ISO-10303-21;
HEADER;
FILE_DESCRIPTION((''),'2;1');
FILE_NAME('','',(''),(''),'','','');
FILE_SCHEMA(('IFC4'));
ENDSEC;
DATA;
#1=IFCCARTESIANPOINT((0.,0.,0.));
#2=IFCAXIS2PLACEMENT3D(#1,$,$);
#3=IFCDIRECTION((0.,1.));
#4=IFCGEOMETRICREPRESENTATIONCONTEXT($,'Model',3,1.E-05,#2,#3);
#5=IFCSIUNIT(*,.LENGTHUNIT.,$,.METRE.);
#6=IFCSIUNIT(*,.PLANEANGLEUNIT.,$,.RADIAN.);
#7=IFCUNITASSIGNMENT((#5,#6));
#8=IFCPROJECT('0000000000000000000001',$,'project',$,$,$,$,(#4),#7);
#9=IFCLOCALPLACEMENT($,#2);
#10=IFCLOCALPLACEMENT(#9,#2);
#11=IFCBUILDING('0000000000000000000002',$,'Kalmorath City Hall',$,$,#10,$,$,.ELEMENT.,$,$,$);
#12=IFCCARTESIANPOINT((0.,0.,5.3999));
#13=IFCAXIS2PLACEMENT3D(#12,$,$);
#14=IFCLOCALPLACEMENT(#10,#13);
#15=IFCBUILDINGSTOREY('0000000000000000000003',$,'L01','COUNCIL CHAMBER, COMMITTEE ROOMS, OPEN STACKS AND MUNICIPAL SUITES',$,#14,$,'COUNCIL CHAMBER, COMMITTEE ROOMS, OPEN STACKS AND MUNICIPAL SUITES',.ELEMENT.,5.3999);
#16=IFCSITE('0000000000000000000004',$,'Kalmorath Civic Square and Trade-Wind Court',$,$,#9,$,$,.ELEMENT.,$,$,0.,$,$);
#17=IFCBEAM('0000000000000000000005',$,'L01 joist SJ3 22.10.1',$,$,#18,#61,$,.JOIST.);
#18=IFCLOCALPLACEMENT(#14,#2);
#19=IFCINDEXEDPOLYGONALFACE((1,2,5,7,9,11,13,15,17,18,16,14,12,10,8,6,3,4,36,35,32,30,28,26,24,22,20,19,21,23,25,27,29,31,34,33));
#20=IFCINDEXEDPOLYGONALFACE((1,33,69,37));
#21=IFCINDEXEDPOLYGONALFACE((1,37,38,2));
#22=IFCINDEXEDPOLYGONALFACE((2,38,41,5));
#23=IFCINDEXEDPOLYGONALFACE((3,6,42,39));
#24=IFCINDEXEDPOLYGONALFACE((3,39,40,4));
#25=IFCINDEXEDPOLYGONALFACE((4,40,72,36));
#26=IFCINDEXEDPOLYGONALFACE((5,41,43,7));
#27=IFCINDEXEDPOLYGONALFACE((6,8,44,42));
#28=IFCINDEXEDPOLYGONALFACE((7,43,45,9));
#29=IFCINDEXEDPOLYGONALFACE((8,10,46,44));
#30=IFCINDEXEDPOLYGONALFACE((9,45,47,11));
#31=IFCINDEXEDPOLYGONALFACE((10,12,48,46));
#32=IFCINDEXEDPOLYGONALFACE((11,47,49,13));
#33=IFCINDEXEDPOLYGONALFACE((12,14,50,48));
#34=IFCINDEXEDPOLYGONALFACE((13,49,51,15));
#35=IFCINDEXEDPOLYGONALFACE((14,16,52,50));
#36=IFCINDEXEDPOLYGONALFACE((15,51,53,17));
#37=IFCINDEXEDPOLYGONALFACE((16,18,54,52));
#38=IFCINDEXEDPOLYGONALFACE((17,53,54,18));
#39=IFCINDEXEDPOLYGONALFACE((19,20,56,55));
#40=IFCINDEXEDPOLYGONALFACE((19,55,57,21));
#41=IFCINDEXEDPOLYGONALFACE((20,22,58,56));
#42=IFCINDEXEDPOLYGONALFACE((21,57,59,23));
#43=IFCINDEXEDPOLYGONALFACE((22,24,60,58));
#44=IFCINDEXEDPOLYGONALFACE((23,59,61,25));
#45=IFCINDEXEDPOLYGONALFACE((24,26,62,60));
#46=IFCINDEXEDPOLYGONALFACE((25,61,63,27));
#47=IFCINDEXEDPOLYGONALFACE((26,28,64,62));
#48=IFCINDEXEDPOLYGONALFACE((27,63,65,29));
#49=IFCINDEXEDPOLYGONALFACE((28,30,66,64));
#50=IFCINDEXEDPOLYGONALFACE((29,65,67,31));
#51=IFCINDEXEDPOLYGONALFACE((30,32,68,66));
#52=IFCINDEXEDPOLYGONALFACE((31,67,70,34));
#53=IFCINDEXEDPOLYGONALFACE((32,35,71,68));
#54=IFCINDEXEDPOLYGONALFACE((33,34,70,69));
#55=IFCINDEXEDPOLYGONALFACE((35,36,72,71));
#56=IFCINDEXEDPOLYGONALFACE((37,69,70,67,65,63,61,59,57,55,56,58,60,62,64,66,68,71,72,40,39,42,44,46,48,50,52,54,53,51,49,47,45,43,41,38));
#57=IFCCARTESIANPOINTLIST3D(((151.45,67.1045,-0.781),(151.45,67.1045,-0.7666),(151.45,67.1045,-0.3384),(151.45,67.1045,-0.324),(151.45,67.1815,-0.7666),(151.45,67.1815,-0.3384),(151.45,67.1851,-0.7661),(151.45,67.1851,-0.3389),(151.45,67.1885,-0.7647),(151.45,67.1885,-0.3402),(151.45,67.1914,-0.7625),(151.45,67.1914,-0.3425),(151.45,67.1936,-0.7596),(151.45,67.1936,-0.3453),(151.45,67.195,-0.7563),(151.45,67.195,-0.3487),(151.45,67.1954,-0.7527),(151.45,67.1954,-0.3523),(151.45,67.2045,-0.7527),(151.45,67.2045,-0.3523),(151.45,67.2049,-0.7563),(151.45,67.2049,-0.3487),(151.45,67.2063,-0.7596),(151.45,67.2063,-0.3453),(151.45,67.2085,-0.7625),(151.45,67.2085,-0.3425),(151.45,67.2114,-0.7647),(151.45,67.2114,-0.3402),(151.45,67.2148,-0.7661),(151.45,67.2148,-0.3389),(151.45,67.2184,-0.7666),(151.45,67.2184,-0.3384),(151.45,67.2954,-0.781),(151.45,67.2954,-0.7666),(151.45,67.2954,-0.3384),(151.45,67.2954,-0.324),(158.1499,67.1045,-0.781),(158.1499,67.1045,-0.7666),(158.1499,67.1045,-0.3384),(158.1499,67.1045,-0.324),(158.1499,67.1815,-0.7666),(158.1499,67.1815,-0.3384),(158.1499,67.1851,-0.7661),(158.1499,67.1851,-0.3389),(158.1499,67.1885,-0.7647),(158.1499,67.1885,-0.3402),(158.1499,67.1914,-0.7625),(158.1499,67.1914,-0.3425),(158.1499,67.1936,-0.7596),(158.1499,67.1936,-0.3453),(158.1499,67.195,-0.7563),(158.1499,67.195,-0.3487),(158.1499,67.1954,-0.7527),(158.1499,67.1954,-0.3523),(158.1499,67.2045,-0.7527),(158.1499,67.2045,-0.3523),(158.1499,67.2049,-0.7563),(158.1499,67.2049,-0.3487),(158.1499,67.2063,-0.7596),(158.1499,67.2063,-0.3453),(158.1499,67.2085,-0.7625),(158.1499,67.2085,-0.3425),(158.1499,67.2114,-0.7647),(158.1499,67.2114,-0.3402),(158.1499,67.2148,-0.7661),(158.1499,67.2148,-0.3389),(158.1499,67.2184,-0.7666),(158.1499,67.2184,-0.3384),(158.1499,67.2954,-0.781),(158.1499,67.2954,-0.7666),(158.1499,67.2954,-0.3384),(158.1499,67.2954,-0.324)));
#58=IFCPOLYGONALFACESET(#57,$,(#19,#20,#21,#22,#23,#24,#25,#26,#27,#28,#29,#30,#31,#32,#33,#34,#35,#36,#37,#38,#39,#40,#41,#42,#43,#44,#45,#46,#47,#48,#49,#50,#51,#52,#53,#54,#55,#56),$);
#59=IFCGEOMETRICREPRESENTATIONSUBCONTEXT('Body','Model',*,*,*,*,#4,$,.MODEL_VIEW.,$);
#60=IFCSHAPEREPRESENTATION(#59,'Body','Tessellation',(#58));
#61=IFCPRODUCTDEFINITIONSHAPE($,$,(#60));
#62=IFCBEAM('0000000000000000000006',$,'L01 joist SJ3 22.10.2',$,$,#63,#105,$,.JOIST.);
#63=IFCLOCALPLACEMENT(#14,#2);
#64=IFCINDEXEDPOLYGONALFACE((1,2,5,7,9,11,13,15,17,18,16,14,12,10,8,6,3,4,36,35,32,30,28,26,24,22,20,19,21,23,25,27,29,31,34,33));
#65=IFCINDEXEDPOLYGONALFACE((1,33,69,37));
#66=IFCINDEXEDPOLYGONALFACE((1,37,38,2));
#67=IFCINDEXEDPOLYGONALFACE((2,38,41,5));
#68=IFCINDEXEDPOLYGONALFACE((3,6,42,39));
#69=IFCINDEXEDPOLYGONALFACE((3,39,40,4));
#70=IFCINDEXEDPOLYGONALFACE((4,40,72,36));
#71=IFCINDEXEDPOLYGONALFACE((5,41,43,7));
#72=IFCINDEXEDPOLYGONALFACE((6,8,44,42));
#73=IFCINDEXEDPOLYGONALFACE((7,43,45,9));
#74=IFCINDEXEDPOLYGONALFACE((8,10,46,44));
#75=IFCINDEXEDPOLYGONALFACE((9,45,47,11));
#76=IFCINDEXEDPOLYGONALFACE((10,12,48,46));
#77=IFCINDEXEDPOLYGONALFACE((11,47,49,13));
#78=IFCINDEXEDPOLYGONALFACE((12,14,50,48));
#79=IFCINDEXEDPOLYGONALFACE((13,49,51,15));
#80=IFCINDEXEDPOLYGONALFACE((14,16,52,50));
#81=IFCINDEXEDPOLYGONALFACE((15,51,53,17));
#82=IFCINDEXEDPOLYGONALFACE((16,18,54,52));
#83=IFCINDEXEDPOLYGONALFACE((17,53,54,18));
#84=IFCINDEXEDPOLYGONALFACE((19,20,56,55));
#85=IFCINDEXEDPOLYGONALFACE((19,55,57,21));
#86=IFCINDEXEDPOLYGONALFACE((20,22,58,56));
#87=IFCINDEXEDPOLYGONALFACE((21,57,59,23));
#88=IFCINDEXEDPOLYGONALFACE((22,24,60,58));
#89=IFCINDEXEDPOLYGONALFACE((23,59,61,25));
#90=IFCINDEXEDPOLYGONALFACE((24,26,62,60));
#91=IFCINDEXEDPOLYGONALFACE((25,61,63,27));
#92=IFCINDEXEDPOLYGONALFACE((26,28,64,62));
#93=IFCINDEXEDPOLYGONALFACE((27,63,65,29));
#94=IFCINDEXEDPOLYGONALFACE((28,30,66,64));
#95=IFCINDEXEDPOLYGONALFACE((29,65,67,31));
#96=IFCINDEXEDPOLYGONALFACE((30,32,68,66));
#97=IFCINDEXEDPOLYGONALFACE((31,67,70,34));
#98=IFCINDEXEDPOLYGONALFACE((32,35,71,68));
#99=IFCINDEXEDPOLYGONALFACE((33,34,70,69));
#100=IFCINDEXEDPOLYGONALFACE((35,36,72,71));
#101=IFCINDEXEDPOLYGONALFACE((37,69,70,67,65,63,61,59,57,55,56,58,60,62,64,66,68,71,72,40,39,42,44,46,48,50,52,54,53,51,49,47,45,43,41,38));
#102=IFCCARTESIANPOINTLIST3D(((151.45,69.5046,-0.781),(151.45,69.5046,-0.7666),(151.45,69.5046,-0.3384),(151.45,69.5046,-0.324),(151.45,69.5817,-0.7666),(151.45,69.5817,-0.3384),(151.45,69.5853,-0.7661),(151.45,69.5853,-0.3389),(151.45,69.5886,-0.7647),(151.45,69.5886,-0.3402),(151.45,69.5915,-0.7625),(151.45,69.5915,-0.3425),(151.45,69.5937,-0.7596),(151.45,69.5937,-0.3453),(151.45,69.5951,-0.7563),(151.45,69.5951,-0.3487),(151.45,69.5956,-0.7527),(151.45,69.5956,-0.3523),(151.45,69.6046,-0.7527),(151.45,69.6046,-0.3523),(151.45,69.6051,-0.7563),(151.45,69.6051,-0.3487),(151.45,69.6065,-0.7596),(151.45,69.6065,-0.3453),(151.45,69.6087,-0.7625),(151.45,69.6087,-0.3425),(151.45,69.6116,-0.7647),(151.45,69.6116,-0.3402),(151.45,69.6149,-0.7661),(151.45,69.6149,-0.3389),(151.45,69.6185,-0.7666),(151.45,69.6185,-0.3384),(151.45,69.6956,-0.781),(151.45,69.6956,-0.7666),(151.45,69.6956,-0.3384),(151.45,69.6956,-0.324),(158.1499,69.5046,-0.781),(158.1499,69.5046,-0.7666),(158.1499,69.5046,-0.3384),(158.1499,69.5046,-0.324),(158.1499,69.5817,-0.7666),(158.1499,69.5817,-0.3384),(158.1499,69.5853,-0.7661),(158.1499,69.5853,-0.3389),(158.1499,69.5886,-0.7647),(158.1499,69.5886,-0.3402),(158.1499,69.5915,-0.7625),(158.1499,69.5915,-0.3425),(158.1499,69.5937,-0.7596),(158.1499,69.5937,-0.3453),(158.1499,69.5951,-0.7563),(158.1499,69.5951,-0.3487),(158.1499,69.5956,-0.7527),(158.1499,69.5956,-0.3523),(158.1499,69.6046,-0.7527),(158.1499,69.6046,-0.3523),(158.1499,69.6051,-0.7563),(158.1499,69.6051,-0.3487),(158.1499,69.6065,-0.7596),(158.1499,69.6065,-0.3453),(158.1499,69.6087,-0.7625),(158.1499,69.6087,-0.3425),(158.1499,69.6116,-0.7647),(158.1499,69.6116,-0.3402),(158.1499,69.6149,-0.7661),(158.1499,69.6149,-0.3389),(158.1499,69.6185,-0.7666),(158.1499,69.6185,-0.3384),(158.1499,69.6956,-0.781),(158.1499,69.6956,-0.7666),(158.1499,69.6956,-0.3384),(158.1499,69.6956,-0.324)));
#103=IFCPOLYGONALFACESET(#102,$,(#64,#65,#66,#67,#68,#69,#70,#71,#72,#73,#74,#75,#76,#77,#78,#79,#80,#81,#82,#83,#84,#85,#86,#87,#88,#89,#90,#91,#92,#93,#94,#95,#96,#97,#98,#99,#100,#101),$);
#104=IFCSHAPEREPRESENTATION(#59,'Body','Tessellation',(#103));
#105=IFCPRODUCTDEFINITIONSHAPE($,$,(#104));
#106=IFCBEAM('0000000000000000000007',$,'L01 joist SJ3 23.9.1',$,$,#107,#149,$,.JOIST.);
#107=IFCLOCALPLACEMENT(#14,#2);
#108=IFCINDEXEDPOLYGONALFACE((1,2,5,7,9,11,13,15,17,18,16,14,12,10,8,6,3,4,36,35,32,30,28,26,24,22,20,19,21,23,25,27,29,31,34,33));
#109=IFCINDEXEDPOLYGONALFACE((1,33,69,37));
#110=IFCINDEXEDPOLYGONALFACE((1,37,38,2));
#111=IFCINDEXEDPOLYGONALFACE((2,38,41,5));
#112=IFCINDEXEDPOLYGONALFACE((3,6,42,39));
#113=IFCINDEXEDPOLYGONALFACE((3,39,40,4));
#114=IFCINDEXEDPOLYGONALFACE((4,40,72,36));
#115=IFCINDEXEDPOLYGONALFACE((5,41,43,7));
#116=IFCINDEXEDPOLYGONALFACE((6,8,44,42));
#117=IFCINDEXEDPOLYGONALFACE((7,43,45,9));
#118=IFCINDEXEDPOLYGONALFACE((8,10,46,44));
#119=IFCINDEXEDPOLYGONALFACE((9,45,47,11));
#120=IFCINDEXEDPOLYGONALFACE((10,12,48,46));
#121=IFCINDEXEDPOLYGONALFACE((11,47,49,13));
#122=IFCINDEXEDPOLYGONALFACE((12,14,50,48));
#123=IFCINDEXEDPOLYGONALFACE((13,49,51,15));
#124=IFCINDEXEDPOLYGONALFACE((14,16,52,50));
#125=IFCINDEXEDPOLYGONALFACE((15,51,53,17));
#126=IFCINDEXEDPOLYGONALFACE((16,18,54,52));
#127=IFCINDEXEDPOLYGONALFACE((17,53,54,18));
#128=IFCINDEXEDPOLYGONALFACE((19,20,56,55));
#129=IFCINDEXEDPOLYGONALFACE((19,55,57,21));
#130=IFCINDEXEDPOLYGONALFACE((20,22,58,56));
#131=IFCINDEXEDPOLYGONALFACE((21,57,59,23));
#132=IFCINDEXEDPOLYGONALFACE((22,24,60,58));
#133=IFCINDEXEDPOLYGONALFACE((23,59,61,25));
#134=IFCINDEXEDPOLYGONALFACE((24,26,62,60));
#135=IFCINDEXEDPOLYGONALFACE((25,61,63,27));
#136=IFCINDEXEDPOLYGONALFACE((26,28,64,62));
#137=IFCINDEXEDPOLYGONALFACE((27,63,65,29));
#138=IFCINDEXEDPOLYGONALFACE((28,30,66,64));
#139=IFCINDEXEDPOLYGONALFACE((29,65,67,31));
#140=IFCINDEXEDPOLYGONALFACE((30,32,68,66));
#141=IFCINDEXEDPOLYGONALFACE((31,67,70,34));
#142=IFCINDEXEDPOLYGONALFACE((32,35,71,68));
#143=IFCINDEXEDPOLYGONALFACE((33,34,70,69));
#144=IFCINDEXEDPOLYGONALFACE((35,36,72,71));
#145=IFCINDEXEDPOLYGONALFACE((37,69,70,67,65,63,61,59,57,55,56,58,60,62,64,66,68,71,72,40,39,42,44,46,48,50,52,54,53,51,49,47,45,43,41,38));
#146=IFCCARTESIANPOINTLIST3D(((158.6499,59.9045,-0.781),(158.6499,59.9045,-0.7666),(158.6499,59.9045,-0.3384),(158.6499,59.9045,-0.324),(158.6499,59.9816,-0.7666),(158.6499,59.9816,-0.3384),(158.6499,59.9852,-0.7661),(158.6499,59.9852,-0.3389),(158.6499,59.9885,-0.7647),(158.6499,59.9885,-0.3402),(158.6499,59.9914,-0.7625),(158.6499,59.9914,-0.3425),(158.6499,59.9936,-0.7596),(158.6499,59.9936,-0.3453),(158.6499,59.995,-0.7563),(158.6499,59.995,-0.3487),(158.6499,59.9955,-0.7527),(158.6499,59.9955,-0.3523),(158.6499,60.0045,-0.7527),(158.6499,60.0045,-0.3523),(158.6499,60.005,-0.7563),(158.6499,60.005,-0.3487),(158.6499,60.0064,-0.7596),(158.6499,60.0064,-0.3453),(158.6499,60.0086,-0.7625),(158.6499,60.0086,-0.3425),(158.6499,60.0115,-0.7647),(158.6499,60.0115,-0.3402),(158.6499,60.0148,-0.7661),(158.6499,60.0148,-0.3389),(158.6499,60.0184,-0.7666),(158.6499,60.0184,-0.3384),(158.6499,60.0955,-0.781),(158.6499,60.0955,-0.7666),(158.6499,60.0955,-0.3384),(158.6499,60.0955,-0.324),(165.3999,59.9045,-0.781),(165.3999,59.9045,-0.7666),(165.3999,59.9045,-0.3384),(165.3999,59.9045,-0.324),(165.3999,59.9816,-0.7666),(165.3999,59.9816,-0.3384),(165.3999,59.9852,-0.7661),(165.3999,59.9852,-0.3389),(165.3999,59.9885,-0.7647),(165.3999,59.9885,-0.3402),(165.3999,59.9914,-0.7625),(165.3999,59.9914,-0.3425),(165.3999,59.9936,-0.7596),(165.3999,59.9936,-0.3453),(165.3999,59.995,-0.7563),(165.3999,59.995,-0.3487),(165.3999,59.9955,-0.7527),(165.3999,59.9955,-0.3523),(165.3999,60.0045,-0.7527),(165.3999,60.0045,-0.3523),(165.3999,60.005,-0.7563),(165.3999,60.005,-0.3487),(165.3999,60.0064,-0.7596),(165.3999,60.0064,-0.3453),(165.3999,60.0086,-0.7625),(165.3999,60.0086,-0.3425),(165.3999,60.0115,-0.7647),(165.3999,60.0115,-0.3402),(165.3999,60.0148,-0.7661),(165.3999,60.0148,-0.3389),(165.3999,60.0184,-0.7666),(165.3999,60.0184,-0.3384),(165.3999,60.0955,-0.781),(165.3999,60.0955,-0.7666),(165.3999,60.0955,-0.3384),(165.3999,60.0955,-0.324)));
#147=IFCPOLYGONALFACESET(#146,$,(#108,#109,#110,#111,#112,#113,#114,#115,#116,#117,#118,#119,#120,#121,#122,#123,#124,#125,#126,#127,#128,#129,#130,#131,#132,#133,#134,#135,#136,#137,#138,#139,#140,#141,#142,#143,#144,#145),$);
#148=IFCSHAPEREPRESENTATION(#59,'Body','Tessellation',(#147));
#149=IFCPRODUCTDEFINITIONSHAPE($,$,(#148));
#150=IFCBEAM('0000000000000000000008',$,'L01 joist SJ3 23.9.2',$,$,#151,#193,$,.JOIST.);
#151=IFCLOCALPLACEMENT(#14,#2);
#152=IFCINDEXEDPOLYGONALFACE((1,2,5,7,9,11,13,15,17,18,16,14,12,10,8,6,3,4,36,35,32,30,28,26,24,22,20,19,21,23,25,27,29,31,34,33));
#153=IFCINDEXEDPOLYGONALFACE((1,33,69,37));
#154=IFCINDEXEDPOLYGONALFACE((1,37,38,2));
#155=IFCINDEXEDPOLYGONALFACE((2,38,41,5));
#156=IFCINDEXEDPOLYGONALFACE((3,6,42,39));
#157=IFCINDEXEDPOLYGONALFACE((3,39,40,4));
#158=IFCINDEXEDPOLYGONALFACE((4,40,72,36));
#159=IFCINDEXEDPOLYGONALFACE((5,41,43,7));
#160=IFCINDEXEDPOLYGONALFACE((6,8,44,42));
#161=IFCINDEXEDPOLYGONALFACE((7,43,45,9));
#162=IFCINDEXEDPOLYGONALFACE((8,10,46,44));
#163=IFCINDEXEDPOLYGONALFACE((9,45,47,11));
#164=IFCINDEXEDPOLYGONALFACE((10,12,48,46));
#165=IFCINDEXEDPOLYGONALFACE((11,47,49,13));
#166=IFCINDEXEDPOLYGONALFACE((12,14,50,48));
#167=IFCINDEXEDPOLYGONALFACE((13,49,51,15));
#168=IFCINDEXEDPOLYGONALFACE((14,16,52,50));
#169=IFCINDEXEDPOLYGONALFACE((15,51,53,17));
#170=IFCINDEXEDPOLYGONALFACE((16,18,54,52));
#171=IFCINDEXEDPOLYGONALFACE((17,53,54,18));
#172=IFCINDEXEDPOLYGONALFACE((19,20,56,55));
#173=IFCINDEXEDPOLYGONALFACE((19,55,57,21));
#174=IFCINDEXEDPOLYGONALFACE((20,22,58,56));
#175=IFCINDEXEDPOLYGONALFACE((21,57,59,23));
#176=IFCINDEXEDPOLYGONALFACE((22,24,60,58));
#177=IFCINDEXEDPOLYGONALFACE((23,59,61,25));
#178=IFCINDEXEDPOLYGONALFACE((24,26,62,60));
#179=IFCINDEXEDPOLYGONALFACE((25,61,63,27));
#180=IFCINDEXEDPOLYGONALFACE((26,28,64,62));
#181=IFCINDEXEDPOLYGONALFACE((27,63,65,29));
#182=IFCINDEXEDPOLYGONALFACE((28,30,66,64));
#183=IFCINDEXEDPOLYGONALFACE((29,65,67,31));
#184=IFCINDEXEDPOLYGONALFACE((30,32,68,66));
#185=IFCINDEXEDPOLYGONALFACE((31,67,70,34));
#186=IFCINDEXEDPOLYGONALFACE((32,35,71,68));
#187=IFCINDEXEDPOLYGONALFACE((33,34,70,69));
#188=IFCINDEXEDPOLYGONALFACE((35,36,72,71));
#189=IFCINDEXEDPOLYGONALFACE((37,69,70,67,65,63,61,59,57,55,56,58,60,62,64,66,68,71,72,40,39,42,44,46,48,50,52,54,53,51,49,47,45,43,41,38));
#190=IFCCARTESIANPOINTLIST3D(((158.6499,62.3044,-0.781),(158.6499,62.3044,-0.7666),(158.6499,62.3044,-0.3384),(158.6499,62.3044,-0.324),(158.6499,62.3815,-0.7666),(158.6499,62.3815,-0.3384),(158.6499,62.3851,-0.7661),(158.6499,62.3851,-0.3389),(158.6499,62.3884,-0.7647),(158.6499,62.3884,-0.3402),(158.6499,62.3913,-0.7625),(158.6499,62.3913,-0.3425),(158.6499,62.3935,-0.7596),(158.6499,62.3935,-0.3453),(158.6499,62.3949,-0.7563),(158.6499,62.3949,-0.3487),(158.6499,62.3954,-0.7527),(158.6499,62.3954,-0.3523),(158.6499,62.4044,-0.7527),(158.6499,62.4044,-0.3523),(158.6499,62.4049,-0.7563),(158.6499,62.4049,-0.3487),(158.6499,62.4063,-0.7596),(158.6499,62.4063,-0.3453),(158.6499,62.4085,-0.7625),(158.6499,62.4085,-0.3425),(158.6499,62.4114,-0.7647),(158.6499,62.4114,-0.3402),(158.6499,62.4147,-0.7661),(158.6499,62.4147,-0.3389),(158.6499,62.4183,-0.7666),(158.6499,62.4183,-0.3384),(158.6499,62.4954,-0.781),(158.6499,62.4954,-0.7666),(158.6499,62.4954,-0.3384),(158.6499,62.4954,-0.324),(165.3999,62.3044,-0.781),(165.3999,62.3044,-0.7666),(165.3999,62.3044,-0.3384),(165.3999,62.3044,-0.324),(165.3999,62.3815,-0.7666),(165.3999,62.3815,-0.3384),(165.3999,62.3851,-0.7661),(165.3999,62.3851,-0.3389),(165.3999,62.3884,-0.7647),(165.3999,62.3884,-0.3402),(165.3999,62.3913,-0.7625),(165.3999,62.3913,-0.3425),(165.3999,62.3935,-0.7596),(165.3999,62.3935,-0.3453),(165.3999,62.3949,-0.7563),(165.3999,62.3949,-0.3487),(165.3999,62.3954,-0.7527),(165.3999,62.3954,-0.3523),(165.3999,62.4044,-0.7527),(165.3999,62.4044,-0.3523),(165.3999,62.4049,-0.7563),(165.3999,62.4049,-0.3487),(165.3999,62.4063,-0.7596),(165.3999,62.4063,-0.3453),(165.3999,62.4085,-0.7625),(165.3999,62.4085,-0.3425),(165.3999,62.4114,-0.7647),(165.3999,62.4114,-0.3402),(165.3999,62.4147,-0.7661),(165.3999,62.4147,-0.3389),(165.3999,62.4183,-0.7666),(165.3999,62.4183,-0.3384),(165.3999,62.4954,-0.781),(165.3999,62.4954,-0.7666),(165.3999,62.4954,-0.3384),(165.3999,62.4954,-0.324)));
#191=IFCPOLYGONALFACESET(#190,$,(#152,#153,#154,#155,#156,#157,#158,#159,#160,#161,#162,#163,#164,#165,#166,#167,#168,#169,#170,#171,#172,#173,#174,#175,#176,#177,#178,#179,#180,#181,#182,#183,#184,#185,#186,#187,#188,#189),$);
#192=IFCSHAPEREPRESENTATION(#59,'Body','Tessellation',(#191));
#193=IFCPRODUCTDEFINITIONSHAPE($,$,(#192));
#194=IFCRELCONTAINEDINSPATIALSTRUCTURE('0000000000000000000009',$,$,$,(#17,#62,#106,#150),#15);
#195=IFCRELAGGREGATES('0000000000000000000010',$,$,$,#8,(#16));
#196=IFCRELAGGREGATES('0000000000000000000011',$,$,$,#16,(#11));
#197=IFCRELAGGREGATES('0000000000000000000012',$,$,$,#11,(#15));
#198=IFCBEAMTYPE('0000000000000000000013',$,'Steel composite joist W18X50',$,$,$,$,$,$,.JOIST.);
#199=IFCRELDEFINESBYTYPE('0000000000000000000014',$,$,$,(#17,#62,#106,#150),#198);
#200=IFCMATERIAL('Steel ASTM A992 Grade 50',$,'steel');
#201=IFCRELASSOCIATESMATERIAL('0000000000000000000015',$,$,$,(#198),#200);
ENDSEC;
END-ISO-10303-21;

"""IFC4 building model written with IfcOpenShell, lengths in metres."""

from ifc_helpers import new_model, si_unit, direction, frame, origin, origin_2d, place, context, subcontext, project, spatial, i_section, extrude, material, material_profile, profile_set, type_object, element, save


model = new_model("IFC4")

# Units and contexts
model_context = context("Model", 3, precision=1e-05, world=origin(), true_north=direction((0.0, 1.0)))
body_context = subcontext(model_context, "Body", "Model", "MODEL_VIEW")
ifc_project = project(units=[si_unit("LENGTHUNIT", "METRE"), si_unit("PLANEANGLEUNIT", "RADIAN")], contexts=[model_context])

# Site, building, storey
site_placement = place(None, origin())
site = spatial("IfcSite", under=ifc_project, at=site_placement, Name="Kalmorath Civic Square and Trade-Wind Court", CompositionType="ELEMENT", RefElevation=0.0)
building_placement = place(site_placement, origin())
building = spatial("IfcBuilding", under=site, at=building_placement, Name="Kalmorath City Hall", CompositionType="ELEMENT")
storey_placement = place(building_placement, frame((0.0, 0.0, 5.3999)))
storey = spatial("IfcBuildingStorey", under=building, at=storey_placement, Name="L01", Description="COUNCIL CHAMBER, COMMITTEE ROOMS, OPEN STACKS AND MUNICIPAL SUITES", LongName="COUNCIL CHAMBER, COMMITTEE ROOMS, OPEN STACKS AND MUNICIPAL SUITES", CompositionType="ELEMENT", Elevation=5.3999)

# Beams
ifc_material_1 = material(Name="Steel ASTM A992 Grade 50", Category="steel")
ifc_material_profile_1 = material_profile(ifc_material_1, i_section(OverallWidth=0.1909, OverallDepth=0.457, WebThickness=0.009, FlangeThickness=0.0144, FilletRadius=0.0139, at=origin_2d()), Name="W18X50")
ifc_profile_set_1 = profile_set([ifc_material_profile_1], Name="Steel ASTM A992 Grade 50")
beam_type_1 = type_object("IfcBeamType", Name="Steel composite joist W18X50", PredefinedType="JOIST", material=ifc_profile_set_1)
for number, where, z_axis, x_axis, name in (
    (1, (151.45, 67.2, -0.5525), (1.0, 0.0, 0.0), (0.0, 1.0, 0.0), "L01 joist SJ3 22.10.1"),
    (2, (151.45, 69.6001, -0.5525), (1.0, 0.0, 0.0), (0.0, 1.0, 0.0), "L01 joist SJ3 22.10.2"),
):
    element("IfcBeam", number, at=place(storey_placement, frame(where, z_axis=z_axis, x_axis=x_axis)), inside=storey, type_object=beam_type_1, Name=name, PredefinedType="JOIST", context=body_context, shape_type="SweptSolid", body=[
        extrude(i_section(OverallWidth=0.1909, OverallDepth=0.457, WebThickness=0.009, FlangeThickness=0.0144, FilletRadius=0.0139, at=origin_2d()), origin(), (0.0, 0.0, 1.0), 6.7),
    ])
for number, where, z_axis, x_axis, name in (
    (3, (158.6499, 60.0, -0.5525), (1.0, 0.0, 0.0), (0.0, 1.0, 0.0), "L01 joist SJ3 23.9.1"),
    (4, (158.6499, 62.3999, -0.5525), (1.0, 0.0, 0.0), (0.0, 1.0, 0.0), "L01 joist SJ3 23.9.2"),
):
    element("IfcBeam", number, at=place(storey_placement, frame(where, z_axis=z_axis, x_axis=x_axis)), inside=storey, type_object=beam_type_1, Name=name, PredefinedType="JOIST", context=body_context, shape_type="SweptSolid", body=[
        extrude(i_section(OverallWidth=0.1909, OverallDepth=0.457, WebThickness=0.009, FlangeThickness=0.0144, FilletRadius=0.0139, at=origin_2d()), origin(), (0.0, 0.0, 1.0), 6.75),
    ])

save(model, "model.ifc")
